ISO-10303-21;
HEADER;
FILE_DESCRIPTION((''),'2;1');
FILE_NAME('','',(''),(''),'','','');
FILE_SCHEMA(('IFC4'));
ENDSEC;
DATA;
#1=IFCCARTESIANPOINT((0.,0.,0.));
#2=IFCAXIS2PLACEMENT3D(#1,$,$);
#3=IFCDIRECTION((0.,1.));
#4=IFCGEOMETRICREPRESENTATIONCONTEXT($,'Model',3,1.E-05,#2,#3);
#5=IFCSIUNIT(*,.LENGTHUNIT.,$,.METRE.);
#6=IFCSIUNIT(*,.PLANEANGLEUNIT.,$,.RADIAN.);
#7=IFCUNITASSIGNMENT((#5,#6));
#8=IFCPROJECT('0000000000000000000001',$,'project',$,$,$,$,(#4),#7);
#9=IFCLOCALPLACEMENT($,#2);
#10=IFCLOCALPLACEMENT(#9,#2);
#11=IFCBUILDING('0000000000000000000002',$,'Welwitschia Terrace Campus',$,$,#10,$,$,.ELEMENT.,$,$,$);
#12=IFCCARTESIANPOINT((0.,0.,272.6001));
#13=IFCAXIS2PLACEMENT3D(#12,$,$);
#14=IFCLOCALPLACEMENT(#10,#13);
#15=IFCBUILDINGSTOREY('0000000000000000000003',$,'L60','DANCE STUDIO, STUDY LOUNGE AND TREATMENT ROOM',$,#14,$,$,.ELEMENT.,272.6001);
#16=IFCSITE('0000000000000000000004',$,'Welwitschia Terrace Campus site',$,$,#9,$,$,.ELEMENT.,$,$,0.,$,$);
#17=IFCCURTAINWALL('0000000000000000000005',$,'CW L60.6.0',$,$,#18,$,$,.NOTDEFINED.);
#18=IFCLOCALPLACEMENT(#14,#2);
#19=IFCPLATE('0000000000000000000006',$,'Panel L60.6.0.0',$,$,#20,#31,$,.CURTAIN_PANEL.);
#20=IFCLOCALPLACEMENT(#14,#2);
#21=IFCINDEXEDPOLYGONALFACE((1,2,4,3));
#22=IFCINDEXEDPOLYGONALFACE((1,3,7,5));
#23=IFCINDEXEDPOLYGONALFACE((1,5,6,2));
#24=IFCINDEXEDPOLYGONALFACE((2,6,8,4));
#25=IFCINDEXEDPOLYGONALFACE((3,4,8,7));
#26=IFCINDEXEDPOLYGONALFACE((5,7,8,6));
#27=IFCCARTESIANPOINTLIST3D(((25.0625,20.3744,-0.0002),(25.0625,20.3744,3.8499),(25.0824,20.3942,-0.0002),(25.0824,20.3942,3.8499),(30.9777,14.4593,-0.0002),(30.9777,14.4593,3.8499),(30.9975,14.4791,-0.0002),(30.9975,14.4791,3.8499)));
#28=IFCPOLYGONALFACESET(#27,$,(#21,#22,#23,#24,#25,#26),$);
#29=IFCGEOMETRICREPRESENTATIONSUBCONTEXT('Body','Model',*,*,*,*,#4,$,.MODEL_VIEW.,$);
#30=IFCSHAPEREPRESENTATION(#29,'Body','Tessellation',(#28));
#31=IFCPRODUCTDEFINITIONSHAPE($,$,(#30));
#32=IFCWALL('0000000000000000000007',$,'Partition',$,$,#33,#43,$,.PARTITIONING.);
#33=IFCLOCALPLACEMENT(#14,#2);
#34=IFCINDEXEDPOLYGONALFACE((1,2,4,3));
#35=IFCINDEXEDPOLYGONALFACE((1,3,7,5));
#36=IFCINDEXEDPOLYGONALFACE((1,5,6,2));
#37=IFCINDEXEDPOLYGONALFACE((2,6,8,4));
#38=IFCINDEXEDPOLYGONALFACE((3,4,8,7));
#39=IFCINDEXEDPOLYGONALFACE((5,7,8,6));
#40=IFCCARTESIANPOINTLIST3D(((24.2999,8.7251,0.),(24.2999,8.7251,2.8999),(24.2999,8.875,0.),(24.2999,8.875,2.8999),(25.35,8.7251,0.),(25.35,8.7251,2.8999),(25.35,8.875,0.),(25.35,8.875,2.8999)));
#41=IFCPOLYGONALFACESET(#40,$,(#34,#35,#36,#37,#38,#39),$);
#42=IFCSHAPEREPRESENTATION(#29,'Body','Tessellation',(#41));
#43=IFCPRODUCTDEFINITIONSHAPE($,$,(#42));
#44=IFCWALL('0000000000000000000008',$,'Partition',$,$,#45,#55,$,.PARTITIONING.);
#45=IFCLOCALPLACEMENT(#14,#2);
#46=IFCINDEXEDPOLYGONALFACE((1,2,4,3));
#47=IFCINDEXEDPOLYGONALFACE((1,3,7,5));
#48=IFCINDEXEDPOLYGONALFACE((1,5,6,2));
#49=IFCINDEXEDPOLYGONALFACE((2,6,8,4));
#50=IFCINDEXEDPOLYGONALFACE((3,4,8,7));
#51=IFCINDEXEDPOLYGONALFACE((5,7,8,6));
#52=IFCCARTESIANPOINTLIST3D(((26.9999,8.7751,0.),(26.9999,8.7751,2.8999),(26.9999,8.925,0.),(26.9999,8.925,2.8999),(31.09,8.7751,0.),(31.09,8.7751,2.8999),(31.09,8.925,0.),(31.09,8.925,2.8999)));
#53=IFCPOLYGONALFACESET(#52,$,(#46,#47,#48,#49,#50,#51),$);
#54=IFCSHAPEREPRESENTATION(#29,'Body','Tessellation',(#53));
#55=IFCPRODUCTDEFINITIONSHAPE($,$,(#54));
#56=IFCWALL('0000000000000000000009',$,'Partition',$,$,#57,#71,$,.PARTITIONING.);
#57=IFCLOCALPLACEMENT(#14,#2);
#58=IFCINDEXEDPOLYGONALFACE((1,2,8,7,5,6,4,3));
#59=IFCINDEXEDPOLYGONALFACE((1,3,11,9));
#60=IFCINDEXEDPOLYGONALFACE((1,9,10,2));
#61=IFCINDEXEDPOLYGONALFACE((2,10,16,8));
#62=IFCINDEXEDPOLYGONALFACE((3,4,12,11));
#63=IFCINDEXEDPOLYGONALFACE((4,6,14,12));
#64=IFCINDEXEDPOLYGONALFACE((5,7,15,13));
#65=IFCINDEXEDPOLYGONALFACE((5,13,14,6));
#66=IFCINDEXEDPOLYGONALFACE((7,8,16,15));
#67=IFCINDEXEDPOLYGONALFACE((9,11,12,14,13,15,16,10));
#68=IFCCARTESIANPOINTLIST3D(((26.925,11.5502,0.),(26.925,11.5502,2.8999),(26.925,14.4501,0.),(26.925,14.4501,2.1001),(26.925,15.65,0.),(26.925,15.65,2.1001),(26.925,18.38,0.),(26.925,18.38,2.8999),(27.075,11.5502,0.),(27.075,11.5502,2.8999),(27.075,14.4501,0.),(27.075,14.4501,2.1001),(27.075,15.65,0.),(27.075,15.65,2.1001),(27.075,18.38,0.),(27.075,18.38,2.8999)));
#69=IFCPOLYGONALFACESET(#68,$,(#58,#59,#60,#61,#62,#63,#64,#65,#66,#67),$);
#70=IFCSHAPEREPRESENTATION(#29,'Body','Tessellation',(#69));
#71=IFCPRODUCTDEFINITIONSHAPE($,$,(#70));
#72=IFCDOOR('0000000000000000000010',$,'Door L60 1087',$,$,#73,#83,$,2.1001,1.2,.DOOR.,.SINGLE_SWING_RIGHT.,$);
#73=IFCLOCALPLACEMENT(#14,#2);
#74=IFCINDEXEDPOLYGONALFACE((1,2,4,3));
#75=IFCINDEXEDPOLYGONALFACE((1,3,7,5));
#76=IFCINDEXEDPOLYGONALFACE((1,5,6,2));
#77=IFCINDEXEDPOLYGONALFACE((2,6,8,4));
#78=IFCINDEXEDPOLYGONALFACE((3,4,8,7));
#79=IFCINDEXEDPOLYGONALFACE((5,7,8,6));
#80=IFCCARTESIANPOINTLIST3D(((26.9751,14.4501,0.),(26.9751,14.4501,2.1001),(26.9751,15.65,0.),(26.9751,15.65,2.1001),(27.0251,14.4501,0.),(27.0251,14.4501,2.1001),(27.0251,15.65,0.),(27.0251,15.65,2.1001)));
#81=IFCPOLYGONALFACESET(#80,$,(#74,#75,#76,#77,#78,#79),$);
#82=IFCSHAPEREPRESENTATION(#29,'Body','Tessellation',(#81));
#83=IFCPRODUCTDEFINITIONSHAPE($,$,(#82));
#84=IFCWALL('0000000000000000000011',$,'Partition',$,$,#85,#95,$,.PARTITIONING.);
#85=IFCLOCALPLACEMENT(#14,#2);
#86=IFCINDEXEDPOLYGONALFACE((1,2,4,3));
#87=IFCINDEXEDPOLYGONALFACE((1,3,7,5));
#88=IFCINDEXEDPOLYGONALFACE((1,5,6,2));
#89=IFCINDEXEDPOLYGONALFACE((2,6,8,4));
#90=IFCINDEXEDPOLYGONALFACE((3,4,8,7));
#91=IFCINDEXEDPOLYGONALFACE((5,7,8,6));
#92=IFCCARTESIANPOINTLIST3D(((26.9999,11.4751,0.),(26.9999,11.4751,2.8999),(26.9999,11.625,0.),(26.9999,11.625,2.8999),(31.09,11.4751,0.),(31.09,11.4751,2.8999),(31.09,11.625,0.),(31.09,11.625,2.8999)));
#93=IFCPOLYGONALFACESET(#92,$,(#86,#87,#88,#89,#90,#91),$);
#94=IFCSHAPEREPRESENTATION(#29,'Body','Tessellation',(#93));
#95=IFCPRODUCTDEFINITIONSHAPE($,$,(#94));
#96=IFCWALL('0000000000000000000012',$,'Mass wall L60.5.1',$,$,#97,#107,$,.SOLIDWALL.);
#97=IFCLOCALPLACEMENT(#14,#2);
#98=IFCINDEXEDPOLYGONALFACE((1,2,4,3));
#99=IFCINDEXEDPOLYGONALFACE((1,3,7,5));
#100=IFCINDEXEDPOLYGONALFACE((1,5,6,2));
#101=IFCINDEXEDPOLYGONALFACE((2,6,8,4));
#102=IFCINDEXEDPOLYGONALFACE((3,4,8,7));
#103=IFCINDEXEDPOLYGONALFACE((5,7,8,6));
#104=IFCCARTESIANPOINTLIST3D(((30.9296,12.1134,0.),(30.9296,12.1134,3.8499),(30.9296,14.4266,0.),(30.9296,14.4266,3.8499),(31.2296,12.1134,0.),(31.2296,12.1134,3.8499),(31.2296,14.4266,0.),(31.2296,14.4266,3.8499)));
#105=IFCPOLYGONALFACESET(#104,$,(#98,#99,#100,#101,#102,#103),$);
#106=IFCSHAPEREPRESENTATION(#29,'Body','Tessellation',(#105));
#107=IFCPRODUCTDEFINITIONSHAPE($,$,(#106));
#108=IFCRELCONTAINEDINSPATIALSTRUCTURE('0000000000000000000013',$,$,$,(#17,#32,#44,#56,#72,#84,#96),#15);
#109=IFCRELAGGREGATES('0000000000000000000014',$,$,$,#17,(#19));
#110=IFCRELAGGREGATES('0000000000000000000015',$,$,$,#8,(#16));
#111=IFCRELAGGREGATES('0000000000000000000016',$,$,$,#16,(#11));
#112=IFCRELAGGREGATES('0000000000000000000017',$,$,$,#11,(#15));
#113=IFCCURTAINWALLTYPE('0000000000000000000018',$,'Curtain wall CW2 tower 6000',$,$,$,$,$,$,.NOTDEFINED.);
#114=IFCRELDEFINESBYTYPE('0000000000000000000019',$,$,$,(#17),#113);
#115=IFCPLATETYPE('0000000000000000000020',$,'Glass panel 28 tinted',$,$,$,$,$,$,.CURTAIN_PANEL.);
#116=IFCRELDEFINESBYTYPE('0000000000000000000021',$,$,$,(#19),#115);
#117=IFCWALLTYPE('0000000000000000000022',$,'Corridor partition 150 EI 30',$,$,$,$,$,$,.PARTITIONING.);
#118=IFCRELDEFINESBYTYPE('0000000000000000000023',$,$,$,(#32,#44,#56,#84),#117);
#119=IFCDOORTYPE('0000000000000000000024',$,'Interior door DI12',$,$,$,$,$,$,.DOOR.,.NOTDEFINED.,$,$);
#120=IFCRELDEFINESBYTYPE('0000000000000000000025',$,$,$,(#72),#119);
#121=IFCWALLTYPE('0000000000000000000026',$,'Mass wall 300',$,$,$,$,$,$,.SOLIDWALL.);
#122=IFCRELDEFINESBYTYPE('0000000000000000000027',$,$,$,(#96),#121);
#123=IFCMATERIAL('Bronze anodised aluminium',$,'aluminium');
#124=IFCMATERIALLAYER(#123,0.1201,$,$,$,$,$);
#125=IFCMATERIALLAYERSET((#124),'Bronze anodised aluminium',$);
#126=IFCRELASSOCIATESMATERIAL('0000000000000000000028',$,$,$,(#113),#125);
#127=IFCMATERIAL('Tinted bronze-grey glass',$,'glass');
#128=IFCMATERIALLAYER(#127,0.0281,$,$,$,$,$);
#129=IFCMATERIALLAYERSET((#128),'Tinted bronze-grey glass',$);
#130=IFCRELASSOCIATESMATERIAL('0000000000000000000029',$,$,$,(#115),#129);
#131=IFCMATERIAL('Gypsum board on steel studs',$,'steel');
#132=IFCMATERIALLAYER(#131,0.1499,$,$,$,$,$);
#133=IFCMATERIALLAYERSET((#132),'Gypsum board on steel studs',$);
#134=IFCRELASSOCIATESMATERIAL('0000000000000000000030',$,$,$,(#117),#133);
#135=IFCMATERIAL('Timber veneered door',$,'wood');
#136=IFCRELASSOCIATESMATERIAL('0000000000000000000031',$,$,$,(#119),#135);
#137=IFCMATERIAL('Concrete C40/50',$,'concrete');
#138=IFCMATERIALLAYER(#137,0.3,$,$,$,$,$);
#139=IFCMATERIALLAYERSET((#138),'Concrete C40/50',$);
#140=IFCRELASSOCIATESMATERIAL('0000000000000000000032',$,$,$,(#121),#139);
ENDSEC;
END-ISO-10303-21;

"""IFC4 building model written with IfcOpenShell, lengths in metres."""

from ifc_helpers import new_model, si_unit, direction, frame, frame_2d, origin, origin_2d, place, context, subcontext, project, spatial, rectangle, extrude, material, layer, layer_set, type_object, element, fill, aggregate, save


model = new_model("IFC4")

# Units and contexts
model_context = context("Model", 3, precision=1e-05, world=origin(), true_north=direction((0.0, 1.0)))
body_context = subcontext(model_context, "Body", "Model", "MODEL_VIEW")
ifc_project = project(units=[si_unit("LENGTHUNIT", "METRE"), si_unit("PLANEANGLEUNIT", "RADIAN")], contexts=[model_context])

# Site, building, storey
site_placement = place(None, origin())
site = spatial("IfcSite", under=ifc_project, at=site_placement, Name="Welwitschia Terrace Campus site", CompositionType="ELEMENT", RefElevation=0.0)
building_placement = place(site_placement, origin())
building = spatial("IfcBuilding", under=site, at=building_placement, Name="Welwitschia Terrace Campus", CompositionType="ELEMENT")
storey_placement = place(building_placement, frame((0.0, 0.0, 272.6001)))
storey = spatial("IfcBuildingStorey", under=building, at=storey_placement, Name="L60", Description="DANCE STUDIO, STUDY LOUNGE AND TREATMENT ROOM", CompositionType="ELEMENT", Elevation=272.6001)

# Curtain wall
ifc_material_1 = material(Name="Bronze anodised aluminium", Category="aluminium")
ifc_layer_1 = layer(ifc_material_1, 0.1201)
ifc_layer_set_1 = layer_set([ifc_layer_1], Name="Bronze anodised aluminium")
curtain_wall_type = type_object("IfcCurtainWallType", Name="Curtain wall CW2 tower 6000", PredefinedType="NOTDEFINED", material=ifc_layer_set_1)
curtain_wall_1_placement = place(storey_placement, origin())
curtain_wall_1 = element("IfcCurtainWall", 1, at=curtain_wall_1_placement, inside=storey, type_object=curtain_wall_type, Name="CW L60.6.0", PredefinedType="NOTDEFINED")

# Plate
ifc_material_2 = material(Name="Tinted bronze-grey glass", Category="glass")
ifc_layer_2 = layer(ifc_material_2, 0.0281)
ifc_layer_set_2 = layer_set([ifc_layer_2], Name="Tinted bronze-grey glass")
plate_type = type_object("IfcPlateType", Name="Glass panel 28 tinted", PredefinedType="CURTAIN_PANEL", material=ifc_layer_set_2)
plate_1_placement = place(storey_placement, frame((28.03, 17.4268, -0.0002), z_axis=(0.0, 0.0, 1.0), x_axis=(-0.707107, 0.707107, 0.0)))
plate_1 = element("IfcPlate", 2, at=plate_1_placement, type_object=plate_type, Name="Panel L60.6.0.0", PredefinedType="CURTAIN_PANEL", context=body_context, shape_type="SweptSolid", body=[
    extrude(rectangle(XDim=8.3652, YDim=0.0281, at=origin_2d()), origin(), (0.0, 0.0, 1.0), 3.8501),
])
aggregate(curtain_wall_1, [plate_1])

# Walls
ifc_material_3 = material(Name="Gypsum board on steel studs", Category="steel")
ifc_layer_3 = layer(ifc_material_3, 0.1499)
ifc_layer_set_3 = layer_set([ifc_layer_3], Name="Gypsum board on steel studs")
wall_type_1 = type_object("IfcWallType", Name="Corridor partition 150 EI 30", PredefinedType="PARTITIONING", material=ifc_layer_set_3)
wall_1_placement = place(storey_placement, frame((24.3, 8.8, 0.0), z_axis=(0.0, 0.0, 1.0), x_axis=(1.0, 0.0, 0.0)))
element("IfcWall", 3, at=wall_1_placement, inside=storey, type_object=wall_type_1, Name="Partition", PredefinedType="PARTITIONING", context=body_context, shape_type="SweptSolid", body=[
    extrude(rectangle(XDim=1.05, YDim=0.1499, at=frame_2d((0.5249, 0.0))), origin(), (0.0, 0.0, 1.0), 2.8999),
])
wall_2_placement = place(storey_placement, frame((27.0, 8.8501, 0.0), z_axis=(0.0, 0.0, 1.0), x_axis=(1.0, 0.0, 0.0)))
element("IfcWall", 4, at=wall_2_placement, inside=storey, type_object=wall_type_1, Name="Partition", PredefinedType="PARTITIONING", context=body_context, shape_type="SweptSolid", body=[
    extrude(rectangle(XDim=4.0901, YDim=0.1499, at=frame_2d((2.0449, 0.0))), origin(), (0.0, 0.0, 1.0), 2.8999),
])

# Wall, opening, door
wall_3_placement = place(storey_placement, frame((27.0, 11.55, 0.0), z_axis=(0.0, 0.0, 1.0), x_axis=(0.0, 1.0, 0.0)))
wall_3 = element("IfcWall", 5, at=wall_3_placement, inside=storey, type_object=wall_type_1, Name="Partition", PredefinedType="PARTITIONING", context=body_context, shape_type="SweptSolid", body=[
    extrude(rectangle(XDim=6.8298, YDim=0.1499, at=frame_2d((3.415, 0.0))), origin(), (0.0, 0.0, 1.0), 2.8999),
])
opening_placement = place(wall_3_placement, frame((2.8999, 0.0, 0.0)))
opening = element("IfcOpeningElement", 6, at=opening_placement, cuts=wall_3, PredefinedType="OPENING", context=body_context, shape_type="SweptSolid", body=[
    extrude(rectangle(XDim=1.2, YDim=2.1001, at=frame_2d((0.6001, 1.05))), frame((0.0, 0.085, 0.0), z_axis=(0.0, -1.0, 0.0), x_axis=(1.0, 0.0, 0.0)), (0.0, 0.0, 1.0), 0.1699),
])
ifc_material_4 = material(Name="Timber veneered door", Category="wood")
door_type = type_object("IfcDoorType", Name="Interior door DI12", OperationType="NOTDEFINED", PredefinedType="DOOR", material=ifc_material_4)
door_placement = place(opening_placement, origin())
door = element("IfcDoor", 7, at=door_placement, inside=storey, type_object=door_type, Name="Door L60 1087", OperationType="SINGLE_SWING_RIGHT", OverallHeight=2.1001, OverallWidth=1.2, PredefinedType="DOOR", context=body_context, shape_type="SweptSolid", body=[
    extrude(rectangle(XDim=1.2, YDim=2.1001, at=frame_2d((0.6001, 1.05))), frame((0.0, 0.0249, 0.0), z_axis=(0.0, -1.0, 0.0), x_axis=(1.0, 0.0, 0.0)), (0.0, 0.0, 1.0), 0.05),
])
fill(opening, door)

# Walls
wall_4_placement = place(storey_placement, frame((27.0, 11.55, 0.0), z_axis=(0.0, 0.0, 1.0), x_axis=(1.0, 0.0, 0.0)))
element("IfcWall", 8, at=wall_4_placement, inside=storey, type_object=wall_type_1, Name="Partition", PredefinedType="PARTITIONING", context=body_context, shape_type="SweptSolid", body=[
    extrude(rectangle(XDim=4.0901, YDim=0.1499, at=frame_2d((2.0449, 0.0))), origin(), (0.0, 0.0, 1.0), 2.8999),
])
ifc_material_5 = material(Name="Concrete C40/50", Category="concrete")
ifc_layer_4 = layer(ifc_material_5, 0.3)
ifc_layer_set_4 = layer_set([ifc_layer_4], Name="Concrete C40/50")
wall_type_2 = type_object("IfcWallType", Name="Mass wall 300", PredefinedType="SOLIDWALL", material=ifc_layer_set_4)
wall_5_placement = place(storey_placement, frame((31.0796, 12.1133, 0.0), z_axis=(0.0, 0.0, 1.0), x_axis=(0.0, 1.0, 0.0)))
element("IfcWall", 9, at=wall_5_placement, inside=storey, type_object=wall_type_2, Name="Mass wall L60.5.1", PredefinedType="SOLIDWALL", context=body_context, shape_type="SweptSolid", body=[
    extrude(rectangle(XDim=2.3132, YDim=0.3, at=frame_2d((1.1567, 0.0))), origin(), (0.0, 0.0, 1.0), 3.8499),
])

save(model, "model.ifc")
